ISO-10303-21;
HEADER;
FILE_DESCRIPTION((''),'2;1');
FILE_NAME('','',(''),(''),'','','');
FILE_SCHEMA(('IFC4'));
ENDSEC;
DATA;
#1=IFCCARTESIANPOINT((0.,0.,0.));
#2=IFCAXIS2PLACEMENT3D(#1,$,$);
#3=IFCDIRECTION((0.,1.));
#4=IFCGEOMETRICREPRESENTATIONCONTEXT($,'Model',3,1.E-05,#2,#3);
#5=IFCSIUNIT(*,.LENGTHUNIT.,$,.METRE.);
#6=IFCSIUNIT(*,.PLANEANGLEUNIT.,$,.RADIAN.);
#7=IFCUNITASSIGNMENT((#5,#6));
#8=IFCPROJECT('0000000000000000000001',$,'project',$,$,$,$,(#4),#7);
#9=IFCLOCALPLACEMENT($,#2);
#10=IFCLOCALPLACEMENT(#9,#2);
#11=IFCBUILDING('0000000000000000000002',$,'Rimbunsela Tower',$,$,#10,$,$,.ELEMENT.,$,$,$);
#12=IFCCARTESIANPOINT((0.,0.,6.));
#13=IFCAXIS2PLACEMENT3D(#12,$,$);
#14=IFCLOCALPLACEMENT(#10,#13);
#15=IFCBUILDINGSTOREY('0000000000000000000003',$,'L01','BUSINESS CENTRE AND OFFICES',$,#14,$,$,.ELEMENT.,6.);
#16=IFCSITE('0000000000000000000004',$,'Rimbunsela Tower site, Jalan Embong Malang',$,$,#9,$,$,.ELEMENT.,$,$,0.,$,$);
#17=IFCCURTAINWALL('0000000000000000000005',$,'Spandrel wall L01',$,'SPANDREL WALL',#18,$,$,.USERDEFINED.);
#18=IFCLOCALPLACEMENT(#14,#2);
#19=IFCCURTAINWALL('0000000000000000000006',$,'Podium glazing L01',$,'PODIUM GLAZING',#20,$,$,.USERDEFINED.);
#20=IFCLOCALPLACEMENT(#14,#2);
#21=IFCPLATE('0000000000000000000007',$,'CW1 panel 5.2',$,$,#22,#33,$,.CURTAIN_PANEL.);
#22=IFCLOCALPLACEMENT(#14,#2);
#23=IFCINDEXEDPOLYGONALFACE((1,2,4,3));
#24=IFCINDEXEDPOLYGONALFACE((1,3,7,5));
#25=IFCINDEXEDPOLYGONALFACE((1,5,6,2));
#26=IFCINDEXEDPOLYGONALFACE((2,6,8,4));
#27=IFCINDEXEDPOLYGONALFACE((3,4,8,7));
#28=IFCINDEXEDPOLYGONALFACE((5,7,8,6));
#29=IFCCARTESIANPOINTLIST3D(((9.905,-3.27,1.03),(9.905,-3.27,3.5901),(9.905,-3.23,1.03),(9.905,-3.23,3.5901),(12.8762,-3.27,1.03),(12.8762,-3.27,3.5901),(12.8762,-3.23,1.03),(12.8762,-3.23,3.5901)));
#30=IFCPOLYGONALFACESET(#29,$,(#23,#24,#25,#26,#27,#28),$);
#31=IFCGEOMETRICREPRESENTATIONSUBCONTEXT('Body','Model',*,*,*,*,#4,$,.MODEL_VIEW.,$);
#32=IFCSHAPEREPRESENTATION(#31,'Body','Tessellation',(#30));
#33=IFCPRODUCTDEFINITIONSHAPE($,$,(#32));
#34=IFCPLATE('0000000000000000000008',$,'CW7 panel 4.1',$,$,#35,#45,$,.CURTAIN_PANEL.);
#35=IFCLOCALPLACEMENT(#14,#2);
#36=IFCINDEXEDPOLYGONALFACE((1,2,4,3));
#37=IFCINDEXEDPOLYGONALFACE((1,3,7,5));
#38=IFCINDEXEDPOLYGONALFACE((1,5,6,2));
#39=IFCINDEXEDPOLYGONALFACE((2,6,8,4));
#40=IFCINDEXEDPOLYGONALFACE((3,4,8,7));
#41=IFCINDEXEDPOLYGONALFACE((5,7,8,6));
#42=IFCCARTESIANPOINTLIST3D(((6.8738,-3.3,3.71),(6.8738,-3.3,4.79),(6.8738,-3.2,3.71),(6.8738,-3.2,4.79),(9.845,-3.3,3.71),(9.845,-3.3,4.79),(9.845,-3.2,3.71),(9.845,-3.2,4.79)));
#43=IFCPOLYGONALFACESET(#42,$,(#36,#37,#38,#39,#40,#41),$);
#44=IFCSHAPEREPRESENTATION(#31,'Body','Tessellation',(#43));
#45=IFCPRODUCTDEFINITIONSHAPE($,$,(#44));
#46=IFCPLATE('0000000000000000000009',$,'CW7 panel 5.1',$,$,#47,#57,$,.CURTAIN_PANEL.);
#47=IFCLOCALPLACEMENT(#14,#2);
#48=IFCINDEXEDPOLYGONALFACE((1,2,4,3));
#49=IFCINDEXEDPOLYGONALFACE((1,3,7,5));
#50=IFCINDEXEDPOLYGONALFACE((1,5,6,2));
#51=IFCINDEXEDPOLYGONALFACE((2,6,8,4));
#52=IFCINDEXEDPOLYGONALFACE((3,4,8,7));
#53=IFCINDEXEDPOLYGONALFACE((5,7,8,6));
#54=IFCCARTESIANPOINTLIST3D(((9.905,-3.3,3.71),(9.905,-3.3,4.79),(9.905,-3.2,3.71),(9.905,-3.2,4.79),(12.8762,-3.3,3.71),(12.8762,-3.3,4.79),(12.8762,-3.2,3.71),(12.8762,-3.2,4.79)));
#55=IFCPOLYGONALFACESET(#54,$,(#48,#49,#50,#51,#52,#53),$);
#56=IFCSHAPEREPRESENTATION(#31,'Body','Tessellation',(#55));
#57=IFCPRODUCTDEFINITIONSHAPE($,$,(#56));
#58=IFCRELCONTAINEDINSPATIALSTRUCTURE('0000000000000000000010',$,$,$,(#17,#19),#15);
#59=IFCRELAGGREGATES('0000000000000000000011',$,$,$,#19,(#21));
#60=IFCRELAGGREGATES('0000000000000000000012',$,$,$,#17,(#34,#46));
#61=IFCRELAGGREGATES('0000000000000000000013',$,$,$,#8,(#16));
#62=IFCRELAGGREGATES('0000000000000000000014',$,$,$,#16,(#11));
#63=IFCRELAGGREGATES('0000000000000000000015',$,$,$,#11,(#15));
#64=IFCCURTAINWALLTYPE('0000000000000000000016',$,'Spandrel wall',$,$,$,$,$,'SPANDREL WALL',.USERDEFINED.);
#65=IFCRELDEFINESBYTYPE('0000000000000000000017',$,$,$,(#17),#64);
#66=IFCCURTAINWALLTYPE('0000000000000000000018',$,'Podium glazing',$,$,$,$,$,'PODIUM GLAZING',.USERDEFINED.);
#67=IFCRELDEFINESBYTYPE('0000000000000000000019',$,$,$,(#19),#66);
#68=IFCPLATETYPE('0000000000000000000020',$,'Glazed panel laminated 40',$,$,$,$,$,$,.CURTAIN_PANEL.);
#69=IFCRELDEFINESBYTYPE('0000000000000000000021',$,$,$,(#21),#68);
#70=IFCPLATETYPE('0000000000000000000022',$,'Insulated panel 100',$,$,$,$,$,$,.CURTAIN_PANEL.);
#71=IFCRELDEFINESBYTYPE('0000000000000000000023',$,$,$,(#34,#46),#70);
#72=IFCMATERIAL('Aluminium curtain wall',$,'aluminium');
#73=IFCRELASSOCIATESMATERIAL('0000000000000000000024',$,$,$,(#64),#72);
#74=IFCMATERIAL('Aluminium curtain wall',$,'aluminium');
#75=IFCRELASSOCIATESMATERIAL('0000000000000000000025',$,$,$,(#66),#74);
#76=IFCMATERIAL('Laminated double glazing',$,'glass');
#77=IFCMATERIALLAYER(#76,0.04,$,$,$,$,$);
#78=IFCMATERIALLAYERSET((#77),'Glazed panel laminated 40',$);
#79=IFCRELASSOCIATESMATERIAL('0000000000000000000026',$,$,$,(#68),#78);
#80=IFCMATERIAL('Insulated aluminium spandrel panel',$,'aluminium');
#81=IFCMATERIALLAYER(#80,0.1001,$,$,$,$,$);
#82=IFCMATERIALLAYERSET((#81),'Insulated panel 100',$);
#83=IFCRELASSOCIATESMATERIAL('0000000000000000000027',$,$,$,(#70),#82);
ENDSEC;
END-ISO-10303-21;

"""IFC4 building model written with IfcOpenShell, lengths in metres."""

from ifc_helpers import new_model, si_unit, direction, frame, origin, origin_2d, place, context, subcontext, project, spatial, rectangle, extrude, material, layer, layer_set, type_object, element, aggregate, save


model = new_model("IFC4")

# Units and contexts
model_context = context("Model", 3, precision=1e-05, world=origin(), true_north=direction((0.0, 1.0)))
body_context = subcontext(model_context, "Body", "Model", "MODEL_VIEW")
ifc_project = project(units=[si_unit("LENGTHUNIT", "METRE"), si_unit("PLANEANGLEUNIT", "RADIAN")], contexts=[model_context])

# Site, building, storey
site_placement = place(None, origin())
site = spatial("IfcSite", under=ifc_project, at=site_placement, Name="Rimbunsela Tower site, Jalan Embong Malang", CompositionType="ELEMENT", RefElevation=0.0)
building_placement = place(site_placement, origin())
building = spatial("IfcBuilding", under=site, at=building_placement, Name="Rimbunsela Tower", CompositionType="ELEMENT")
storey_placement = place(building_placement, frame((0.0, 0.0, 6.0)))
storey = spatial("IfcBuildingStorey", under=building, at=storey_placement, Name="L01", Description="BUSINESS CENTRE AND OFFICES", CompositionType="ELEMENT", Elevation=6.0)

# Curtain walls
ifc_material_1 = material(Name="Aluminium curtain wall", Category="aluminium")
curtain_wall_type_1 = type_object("IfcCurtainWallType", Name="Spandrel wall", ElementType="SPANDREL WALL", PredefinedType="USERDEFINED", material=ifc_material_1)
curtain_wall_1_placement = place(storey_placement, origin())
curtain_wall_1 = element("IfcCurtainWall", 1, at=curtain_wall_1_placement, inside=storey, type_object=curtain_wall_type_1, Name="Spandrel wall L01", ObjectType="SPANDREL WALL", PredefinedType="USERDEFINED")
ifc_material_2 = material(Name="Aluminium curtain wall", Category="aluminium")
curtain_wall_type_2 = type_object("IfcCurtainWallType", Name="Podium glazing", ElementType="PODIUM GLAZING", PredefinedType="USERDEFINED", material=ifc_material_2)
curtain_wall_2_placement = place(storey_placement, origin())
curtain_wall_2 = element("IfcCurtainWall", 2, at=curtain_wall_2_placement, inside=storey, type_object=curtain_wall_type_2, Name="Podium glazing L01", ObjectType="PODIUM GLAZING", PredefinedType="USERDEFINED")

# Plates
ifc_material_3 = material(Name="Laminated double glazing", Category="glass")
ifc_layer_1 = layer(ifc_material_3, 0.04)
ifc_layer_set_1 = layer_set([ifc_layer_1], Name="Glazed panel laminated 40")
plate_type_1 = type_object("IfcPlateType", Name="Glazed panel laminated 40", PredefinedType="CURTAIN_PANEL", material=ifc_layer_set_1)
plate_1_placement = place(storey_placement, frame((11.3906, -3.25, 1.03), z_axis=(0.0, 0.0, 1.0), x_axis=(1.0, 0.0, 0.0)))
plate_1 = element("IfcPlate", 3, at=plate_1_placement, type_object=plate_type_1, Name="CW1 panel 5.2", PredefinedType="CURTAIN_PANEL", context=body_context, shape_type="SweptSolid", body=[
    extrude(rectangle(XDim=2.9712, YDim=0.04, at=origin_2d()), origin(), (0.0, 0.0, 1.0), 2.5601),
])
aggregate(curtain_wall_2, [plate_1])
ifc_material_4 = material(Name="Insulated aluminium spandrel panel", Category="aluminium")
ifc_layer_2 = layer(ifc_material_4, 0.1001)
ifc_layer_set_2 = layer_set([ifc_layer_2], Name="Insulated panel 100")
plate_type_2 = type_object("IfcPlateType", Name="Insulated panel 100", PredefinedType="CURTAIN_PANEL", material=ifc_layer_set_2)
plate_2_placement = place(storey_placement, frame((8.3594, -3.25, 3.71), z_axis=(0.0, 0.0, 1.0), x_axis=(1.0, 0.0, 0.0)))
plate_2 = element("IfcPlate", 4, at=plate_2_placement, type_object=plate_type_2, Name="CW7 panel 4.1", PredefinedType="CURTAIN_PANEL", context=body_context, shape_type="SweptSolid", body=[
    extrude(rectangle(XDim=2.9712, YDim=0.1001, at=origin_2d()), origin(), (0.0, 0.0, 1.0), 1.0801),
])
plate_3_placement = place(storey_placement, frame((11.3906, -3.25, 3.71), z_axis=(0.0, 0.0, 1.0), x_axis=(1.0, 0.0, 0.0)))
plate_3 = element("IfcPlate", 5, at=plate_3_placement, type_object=plate_type_2, Name="CW7 panel 5.1", PredefinedType="CURTAIN_PANEL", context=body_context, shape_type="SweptSolid", body=[
    extrude(rectangle(XDim=2.9712, YDim=0.1001, at=origin_2d()), origin(), (0.0, 0.0, 1.0), 1.0801),
])
aggregate(curtain_wall_1, [plate_2, plate_3])

save(model, "model.ifc")
